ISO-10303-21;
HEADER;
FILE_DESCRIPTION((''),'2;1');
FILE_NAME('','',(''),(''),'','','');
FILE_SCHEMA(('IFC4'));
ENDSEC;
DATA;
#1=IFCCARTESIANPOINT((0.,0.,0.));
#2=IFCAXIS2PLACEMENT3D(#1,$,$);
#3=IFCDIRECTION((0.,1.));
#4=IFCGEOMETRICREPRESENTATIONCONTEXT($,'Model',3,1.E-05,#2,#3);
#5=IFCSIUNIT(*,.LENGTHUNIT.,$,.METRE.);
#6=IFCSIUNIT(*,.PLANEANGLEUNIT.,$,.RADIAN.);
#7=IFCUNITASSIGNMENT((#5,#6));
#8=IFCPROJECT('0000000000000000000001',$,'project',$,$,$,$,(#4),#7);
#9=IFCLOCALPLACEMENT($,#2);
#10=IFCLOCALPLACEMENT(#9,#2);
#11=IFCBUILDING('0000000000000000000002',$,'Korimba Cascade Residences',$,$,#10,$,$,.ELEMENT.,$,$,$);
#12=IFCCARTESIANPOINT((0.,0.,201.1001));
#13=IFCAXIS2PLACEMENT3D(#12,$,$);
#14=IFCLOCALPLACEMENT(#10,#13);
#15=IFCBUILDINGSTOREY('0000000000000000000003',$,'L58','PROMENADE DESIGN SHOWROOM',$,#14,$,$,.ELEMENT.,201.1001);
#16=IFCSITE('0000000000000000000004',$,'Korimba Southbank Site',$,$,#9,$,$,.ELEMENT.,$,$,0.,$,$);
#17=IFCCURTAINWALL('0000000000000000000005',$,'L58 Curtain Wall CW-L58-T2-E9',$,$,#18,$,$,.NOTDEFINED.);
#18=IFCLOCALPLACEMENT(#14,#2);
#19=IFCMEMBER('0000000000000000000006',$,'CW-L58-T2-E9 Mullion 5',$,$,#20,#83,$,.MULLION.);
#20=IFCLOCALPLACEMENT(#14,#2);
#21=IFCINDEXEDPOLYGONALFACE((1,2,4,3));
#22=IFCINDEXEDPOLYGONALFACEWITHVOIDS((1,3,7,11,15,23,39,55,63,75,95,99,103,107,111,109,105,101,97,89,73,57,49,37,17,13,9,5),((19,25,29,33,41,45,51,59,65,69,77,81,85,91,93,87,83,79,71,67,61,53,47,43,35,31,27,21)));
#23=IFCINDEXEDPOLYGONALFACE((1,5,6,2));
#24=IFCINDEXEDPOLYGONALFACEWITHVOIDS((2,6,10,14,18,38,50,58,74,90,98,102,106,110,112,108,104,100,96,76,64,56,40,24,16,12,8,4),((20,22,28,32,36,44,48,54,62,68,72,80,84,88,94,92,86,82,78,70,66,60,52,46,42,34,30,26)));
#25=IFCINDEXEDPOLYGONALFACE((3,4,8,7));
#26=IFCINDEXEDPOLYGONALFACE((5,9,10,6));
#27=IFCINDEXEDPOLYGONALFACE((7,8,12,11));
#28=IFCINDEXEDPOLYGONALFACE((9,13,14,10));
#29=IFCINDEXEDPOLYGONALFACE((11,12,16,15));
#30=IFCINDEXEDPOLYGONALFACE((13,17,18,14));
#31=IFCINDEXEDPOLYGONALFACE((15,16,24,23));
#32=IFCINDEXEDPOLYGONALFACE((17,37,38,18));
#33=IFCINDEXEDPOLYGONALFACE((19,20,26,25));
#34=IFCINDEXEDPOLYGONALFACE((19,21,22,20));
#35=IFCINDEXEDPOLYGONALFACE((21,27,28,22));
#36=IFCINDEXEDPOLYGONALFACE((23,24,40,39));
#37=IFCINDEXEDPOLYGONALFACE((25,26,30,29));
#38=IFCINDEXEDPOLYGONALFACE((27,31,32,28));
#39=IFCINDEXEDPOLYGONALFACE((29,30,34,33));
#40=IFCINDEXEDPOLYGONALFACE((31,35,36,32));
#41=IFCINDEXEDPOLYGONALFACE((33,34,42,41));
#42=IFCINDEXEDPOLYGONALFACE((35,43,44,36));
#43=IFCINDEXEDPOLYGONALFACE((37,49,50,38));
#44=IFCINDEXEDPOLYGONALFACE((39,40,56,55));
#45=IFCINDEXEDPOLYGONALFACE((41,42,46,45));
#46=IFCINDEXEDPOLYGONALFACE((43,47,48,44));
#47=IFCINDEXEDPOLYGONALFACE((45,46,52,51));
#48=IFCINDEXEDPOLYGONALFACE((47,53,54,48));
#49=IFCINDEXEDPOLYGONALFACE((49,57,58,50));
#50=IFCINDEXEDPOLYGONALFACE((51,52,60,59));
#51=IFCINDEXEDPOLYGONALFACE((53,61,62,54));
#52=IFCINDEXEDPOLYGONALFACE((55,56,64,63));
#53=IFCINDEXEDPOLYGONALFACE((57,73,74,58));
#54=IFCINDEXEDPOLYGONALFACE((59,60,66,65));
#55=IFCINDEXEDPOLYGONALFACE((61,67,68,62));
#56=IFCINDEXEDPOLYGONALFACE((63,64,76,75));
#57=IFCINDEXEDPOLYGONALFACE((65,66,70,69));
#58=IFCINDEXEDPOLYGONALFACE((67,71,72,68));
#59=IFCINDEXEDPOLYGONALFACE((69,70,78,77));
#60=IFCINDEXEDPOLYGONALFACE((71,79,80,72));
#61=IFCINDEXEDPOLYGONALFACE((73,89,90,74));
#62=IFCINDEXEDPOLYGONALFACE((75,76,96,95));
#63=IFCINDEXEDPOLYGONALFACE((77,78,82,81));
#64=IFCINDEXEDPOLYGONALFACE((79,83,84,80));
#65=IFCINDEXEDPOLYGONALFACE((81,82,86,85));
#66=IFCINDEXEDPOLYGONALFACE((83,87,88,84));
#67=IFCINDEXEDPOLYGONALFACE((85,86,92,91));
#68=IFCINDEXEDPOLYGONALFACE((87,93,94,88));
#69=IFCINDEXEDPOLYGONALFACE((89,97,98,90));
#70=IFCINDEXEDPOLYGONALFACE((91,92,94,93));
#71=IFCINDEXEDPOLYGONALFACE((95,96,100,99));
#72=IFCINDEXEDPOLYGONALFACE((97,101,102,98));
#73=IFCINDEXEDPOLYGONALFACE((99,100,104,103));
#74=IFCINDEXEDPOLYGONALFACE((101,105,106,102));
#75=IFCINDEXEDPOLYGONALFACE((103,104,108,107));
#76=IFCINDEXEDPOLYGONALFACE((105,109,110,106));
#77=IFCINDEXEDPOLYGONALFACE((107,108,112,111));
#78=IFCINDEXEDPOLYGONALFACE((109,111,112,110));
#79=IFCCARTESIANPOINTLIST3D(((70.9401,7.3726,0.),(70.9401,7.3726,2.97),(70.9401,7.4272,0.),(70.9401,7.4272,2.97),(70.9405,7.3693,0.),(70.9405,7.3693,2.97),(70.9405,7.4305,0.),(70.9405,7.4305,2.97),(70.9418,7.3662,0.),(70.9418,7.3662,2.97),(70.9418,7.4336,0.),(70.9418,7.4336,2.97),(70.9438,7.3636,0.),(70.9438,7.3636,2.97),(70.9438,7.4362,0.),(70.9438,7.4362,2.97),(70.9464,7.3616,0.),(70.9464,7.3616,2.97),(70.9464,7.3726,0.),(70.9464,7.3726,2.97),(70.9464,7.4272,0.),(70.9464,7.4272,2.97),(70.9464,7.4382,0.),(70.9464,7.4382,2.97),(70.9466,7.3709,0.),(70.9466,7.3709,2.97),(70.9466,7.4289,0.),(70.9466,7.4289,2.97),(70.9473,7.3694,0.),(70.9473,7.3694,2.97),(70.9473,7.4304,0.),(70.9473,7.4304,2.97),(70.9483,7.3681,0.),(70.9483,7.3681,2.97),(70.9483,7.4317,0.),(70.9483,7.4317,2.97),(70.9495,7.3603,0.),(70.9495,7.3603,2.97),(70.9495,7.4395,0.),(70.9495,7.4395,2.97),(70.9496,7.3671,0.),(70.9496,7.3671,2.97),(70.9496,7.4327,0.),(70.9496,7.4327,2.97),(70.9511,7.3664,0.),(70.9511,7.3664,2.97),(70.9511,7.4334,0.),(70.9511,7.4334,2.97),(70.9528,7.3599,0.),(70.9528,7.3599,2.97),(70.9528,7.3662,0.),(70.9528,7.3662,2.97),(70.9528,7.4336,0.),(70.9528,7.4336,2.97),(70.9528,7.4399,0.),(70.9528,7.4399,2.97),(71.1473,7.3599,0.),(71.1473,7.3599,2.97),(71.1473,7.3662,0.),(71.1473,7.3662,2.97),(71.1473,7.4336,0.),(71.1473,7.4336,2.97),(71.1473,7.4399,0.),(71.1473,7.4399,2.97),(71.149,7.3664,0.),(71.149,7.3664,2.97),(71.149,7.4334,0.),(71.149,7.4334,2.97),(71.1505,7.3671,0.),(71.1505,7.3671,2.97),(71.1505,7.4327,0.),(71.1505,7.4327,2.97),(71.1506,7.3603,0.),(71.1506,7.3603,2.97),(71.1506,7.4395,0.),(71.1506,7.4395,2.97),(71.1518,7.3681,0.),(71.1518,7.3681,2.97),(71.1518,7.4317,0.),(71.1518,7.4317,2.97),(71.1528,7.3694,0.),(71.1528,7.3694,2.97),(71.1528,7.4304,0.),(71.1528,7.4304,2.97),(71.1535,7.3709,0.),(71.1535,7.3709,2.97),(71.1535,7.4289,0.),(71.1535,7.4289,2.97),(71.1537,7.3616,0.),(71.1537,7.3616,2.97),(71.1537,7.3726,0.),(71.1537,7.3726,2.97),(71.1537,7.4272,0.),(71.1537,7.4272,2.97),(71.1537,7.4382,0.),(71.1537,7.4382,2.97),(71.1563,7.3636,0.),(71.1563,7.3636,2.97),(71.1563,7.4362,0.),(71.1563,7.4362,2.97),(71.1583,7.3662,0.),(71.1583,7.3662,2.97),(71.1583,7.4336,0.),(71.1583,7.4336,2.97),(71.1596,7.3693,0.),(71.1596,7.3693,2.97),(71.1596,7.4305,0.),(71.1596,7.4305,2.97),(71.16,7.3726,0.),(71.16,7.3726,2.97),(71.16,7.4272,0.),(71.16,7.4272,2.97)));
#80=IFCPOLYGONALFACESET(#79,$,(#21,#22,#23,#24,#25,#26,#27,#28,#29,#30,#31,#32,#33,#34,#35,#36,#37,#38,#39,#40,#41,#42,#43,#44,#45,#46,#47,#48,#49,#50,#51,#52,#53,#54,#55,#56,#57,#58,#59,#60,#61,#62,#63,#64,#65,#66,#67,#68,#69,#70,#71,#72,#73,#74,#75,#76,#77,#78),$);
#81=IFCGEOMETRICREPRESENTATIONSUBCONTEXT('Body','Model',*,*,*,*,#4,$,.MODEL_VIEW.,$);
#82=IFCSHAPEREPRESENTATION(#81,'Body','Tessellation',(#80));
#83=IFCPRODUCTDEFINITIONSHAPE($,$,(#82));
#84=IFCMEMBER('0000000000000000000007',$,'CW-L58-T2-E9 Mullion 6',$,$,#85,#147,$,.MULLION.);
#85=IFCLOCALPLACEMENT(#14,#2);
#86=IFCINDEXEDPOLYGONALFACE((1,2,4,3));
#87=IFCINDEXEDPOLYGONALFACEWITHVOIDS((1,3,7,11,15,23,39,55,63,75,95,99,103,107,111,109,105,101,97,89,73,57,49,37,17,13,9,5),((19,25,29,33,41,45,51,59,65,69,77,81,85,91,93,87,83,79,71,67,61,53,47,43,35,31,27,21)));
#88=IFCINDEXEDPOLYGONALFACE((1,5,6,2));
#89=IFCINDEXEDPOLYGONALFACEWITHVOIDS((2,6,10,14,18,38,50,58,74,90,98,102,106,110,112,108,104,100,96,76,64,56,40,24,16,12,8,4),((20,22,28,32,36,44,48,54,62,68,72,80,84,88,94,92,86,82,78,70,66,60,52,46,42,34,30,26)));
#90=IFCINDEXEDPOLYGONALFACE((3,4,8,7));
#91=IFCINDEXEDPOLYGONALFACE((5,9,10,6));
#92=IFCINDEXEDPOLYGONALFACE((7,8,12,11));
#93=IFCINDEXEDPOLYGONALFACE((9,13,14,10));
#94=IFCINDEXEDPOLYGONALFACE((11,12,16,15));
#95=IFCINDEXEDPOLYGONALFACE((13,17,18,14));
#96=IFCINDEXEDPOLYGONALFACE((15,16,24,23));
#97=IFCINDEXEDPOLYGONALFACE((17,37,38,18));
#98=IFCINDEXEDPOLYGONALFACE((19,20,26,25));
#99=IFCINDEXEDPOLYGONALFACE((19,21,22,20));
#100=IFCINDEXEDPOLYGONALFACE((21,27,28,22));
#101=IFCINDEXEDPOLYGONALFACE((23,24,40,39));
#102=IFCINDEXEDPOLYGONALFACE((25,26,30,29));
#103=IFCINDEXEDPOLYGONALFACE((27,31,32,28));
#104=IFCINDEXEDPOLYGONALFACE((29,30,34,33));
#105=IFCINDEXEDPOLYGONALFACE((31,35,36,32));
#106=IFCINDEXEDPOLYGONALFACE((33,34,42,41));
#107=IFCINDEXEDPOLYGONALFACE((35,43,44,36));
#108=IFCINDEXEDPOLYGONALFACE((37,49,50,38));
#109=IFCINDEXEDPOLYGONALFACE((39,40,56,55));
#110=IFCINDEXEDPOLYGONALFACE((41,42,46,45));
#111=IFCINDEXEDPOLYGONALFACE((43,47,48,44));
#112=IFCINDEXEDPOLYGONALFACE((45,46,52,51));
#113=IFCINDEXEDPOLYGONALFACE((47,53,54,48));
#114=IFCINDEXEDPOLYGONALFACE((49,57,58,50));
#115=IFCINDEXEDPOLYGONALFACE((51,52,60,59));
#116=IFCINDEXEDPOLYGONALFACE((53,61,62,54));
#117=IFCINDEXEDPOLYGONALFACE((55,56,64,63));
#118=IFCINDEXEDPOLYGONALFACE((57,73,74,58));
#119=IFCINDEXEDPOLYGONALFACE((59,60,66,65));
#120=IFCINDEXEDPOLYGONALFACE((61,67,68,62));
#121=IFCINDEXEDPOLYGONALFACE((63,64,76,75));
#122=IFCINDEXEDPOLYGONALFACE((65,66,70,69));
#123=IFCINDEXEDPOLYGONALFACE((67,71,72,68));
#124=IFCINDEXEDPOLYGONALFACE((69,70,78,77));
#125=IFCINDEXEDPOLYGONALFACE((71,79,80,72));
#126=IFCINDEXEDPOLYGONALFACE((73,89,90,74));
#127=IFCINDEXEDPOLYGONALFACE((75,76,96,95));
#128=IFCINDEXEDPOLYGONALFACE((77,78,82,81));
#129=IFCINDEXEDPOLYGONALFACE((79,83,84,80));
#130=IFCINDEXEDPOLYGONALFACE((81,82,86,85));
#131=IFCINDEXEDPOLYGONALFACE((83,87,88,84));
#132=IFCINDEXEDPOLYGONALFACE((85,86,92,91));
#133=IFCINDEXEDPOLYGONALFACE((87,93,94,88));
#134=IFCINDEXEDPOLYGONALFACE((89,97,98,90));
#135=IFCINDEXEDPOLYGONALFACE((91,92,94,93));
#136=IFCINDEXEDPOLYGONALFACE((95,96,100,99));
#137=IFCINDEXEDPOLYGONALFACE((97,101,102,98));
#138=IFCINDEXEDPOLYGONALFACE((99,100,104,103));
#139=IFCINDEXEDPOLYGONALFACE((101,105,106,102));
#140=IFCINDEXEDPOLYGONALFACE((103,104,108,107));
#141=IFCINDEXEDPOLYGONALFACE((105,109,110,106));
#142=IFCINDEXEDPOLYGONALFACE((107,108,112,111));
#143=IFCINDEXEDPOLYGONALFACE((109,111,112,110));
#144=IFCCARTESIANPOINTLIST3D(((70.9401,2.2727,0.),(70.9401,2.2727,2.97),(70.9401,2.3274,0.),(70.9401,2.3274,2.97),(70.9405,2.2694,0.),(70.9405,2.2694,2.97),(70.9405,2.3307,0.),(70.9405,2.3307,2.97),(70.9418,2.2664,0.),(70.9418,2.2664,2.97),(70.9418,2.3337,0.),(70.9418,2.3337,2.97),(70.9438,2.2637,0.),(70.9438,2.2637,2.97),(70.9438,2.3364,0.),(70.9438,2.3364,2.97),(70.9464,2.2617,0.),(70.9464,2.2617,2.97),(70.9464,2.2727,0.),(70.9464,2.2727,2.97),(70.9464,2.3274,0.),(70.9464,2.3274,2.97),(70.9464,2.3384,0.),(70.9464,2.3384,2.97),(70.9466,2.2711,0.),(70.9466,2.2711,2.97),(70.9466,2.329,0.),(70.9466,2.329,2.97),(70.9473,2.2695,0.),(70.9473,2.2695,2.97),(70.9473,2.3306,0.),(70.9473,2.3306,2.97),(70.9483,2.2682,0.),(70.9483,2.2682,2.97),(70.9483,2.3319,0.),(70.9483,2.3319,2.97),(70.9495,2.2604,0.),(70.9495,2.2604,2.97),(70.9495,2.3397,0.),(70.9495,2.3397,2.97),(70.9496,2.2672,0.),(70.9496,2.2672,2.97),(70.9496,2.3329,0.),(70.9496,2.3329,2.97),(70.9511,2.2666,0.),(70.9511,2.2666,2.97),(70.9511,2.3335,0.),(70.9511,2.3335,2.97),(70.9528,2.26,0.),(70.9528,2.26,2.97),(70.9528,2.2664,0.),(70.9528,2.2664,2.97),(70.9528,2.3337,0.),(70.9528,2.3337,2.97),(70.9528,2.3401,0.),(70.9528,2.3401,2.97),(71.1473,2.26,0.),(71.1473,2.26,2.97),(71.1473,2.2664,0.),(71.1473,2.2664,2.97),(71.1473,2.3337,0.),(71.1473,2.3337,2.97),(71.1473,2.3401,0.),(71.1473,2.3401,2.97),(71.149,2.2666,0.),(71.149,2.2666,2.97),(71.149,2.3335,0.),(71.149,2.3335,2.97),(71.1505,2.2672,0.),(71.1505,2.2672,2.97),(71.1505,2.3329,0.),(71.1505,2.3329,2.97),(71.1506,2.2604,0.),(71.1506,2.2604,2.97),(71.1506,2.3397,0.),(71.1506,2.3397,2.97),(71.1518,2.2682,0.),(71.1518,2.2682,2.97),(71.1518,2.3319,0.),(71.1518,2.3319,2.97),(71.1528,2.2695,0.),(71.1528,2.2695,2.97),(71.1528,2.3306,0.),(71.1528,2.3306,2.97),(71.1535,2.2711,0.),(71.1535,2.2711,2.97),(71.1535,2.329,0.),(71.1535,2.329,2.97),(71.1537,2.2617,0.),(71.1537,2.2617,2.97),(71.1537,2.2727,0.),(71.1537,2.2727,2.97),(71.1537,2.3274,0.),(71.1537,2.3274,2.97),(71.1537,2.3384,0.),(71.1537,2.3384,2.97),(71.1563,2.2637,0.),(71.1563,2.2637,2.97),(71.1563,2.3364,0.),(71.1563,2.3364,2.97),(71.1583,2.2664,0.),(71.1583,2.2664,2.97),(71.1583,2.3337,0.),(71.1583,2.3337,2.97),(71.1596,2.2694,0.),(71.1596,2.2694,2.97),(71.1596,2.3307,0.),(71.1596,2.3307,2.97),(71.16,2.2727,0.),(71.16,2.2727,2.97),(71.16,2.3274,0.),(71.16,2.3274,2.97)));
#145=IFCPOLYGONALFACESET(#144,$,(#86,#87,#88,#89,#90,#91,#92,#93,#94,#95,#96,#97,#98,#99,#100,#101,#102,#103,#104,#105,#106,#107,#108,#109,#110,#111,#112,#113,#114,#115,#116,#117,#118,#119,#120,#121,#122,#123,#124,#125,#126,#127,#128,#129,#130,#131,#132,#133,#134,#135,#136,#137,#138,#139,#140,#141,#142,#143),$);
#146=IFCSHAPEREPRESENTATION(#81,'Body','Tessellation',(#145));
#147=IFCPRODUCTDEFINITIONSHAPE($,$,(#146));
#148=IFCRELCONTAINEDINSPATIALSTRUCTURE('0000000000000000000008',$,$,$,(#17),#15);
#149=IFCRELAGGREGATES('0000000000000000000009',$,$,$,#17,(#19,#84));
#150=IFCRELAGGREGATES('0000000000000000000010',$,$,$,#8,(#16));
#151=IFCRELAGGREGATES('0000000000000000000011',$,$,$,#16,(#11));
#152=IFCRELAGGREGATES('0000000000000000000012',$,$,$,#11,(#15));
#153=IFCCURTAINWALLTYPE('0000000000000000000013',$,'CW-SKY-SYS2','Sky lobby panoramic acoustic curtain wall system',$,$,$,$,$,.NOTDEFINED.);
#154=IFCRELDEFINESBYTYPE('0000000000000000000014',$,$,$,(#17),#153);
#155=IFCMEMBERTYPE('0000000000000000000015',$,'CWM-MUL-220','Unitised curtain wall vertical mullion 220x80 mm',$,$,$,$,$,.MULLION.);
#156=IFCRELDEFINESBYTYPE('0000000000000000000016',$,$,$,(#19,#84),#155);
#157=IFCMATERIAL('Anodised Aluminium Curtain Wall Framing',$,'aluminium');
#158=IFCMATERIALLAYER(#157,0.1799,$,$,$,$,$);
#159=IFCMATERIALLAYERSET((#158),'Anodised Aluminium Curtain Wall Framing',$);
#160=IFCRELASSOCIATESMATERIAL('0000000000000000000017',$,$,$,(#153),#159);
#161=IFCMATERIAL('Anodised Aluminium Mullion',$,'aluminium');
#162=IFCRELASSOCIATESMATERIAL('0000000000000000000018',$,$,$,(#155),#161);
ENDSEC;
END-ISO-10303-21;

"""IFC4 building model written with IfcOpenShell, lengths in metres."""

from ifc_helpers import new_model, si_unit, direction, frame, origin, origin_2d, place, context, subcontext, project, spatial, hollow_rectangle, extrude, material, layer, layer_set, material_profile, profile_set, type_object, element, aggregate, save


model = new_model("IFC4")

# Units and contexts
model_context = context("Model", 3, precision=1e-05, world=origin(), true_north=direction((0.0, 1.0)))
body_context = subcontext(model_context, "Body", "Model", "MODEL_VIEW")
ifc_project = project(units=[si_unit("LENGTHUNIT", "METRE"), si_unit("PLANEANGLEUNIT", "RADIAN")], contexts=[model_context])

# Site, building, storey
site_placement = place(None, origin())
site = spatial("IfcSite", under=ifc_project, at=site_placement, Name="Korimba Southbank Site", CompositionType="ELEMENT", RefElevation=0.0)
building_placement = place(site_placement, origin())
building = spatial("IfcBuilding", under=site, at=building_placement, Name="Korimba Cascade Residences", CompositionType="ELEMENT")
storey_placement = place(building_placement, frame((0.0, 0.0, 201.1001)))
storey = spatial("IfcBuildingStorey", under=building, at=storey_placement, Name="L58", Description="PROMENADE DESIGN SHOWROOM", CompositionType="ELEMENT", Elevation=201.1001)

# Curtain wall, members
ifc_material_1 = material(Name="Anodised Aluminium Curtain Wall Framing", Category="aluminium")
ifc_layer_1 = layer(ifc_material_1, 0.1799)
ifc_layer_set_1 = layer_set([ifc_layer_1], Name="Anodised Aluminium Curtain Wall Framing")
curtain_wall_type = type_object("IfcCurtainWallType", Name="CW-SKY-SYS2", Description="Sky lobby panoramic acoustic curtain wall system", PredefinedType="NOTDEFINED", material=ifc_layer_set_1)
curtain_wall_placement = place(storey_placement, origin())
curtain_wall = element("IfcCurtainWall", 1, at=curtain_wall_placement, inside=storey, type_object=curtain_wall_type, Name="L58 Curtain Wall CW-L58-T2-E9", PredefinedType="NOTDEFINED")
ifc_material_2 = material(Name="Anodised Aluminium Mullion", Category="aluminium")
ifc_material_profile_1 = material_profile(ifc_material_2, hollow_rectangle(XDim=0.0801, YDim=0.22, WallThickness=0.0063, InnerFilletRadius=0.0063, OuterFilletRadius=0.0127, at=origin_2d()), Name="Anodised Aluminium Mullion")
ifc_profile_set_1 = profile_set([ifc_material_profile_1], Name="Anodised Aluminium Mullion")
member_type_1 = type_object("IfcMemberType", Name="CWM-MUL-220", Description="Unitised curtain wall vertical mullion 220x80 mm", PredefinedType="MULLION", material=ifc_profile_set_1)
member_1_placement = place(storey_placement, frame((71.05, 7.3999, 0.0), z_axis=(0.0, 0.0, 1.0), x_axis=(0.0, -1.0, 0.0)))
member_1 = element("IfcMember", 2, at=member_1_placement, type_object=member_type_1, Name="CW-L58-T2-E9 Mullion 5", PredefinedType="MULLION", context=body_context, shape_type="SweptSolid", body=[
    extrude(hollow_rectangle(XDim=0.0801, YDim=0.22, WallThickness=0.0063, InnerFilletRadius=0.0063, OuterFilletRadius=0.0127, at=origin_2d()), origin(), (0.0, 0.0, 1.0), 2.97),
])
member_2_placement = place(storey_placement, frame((71.05, 2.3, 0.0), z_axis=(0.0, 0.0, 1.0), x_axis=(0.0, -1.0, 0.0)))
member_2 = element("IfcMember", 3, at=member_2_placement, type_object=member_type_1, Name="CW-L58-T2-E9 Mullion 6", PredefinedType="MULLION", context=body_context, shape_type="SweptSolid", body=[
    extrude(hollow_rectangle(XDim=0.0801, YDim=0.22, WallThickness=0.0063, InnerFilletRadius=0.0063, OuterFilletRadius=0.0127, at=origin_2d()), origin(), (0.0, 0.0, 1.0), 2.97),
])
aggregate(curtain_wall, [member_1, member_2])

save(model, "model.ifc")
